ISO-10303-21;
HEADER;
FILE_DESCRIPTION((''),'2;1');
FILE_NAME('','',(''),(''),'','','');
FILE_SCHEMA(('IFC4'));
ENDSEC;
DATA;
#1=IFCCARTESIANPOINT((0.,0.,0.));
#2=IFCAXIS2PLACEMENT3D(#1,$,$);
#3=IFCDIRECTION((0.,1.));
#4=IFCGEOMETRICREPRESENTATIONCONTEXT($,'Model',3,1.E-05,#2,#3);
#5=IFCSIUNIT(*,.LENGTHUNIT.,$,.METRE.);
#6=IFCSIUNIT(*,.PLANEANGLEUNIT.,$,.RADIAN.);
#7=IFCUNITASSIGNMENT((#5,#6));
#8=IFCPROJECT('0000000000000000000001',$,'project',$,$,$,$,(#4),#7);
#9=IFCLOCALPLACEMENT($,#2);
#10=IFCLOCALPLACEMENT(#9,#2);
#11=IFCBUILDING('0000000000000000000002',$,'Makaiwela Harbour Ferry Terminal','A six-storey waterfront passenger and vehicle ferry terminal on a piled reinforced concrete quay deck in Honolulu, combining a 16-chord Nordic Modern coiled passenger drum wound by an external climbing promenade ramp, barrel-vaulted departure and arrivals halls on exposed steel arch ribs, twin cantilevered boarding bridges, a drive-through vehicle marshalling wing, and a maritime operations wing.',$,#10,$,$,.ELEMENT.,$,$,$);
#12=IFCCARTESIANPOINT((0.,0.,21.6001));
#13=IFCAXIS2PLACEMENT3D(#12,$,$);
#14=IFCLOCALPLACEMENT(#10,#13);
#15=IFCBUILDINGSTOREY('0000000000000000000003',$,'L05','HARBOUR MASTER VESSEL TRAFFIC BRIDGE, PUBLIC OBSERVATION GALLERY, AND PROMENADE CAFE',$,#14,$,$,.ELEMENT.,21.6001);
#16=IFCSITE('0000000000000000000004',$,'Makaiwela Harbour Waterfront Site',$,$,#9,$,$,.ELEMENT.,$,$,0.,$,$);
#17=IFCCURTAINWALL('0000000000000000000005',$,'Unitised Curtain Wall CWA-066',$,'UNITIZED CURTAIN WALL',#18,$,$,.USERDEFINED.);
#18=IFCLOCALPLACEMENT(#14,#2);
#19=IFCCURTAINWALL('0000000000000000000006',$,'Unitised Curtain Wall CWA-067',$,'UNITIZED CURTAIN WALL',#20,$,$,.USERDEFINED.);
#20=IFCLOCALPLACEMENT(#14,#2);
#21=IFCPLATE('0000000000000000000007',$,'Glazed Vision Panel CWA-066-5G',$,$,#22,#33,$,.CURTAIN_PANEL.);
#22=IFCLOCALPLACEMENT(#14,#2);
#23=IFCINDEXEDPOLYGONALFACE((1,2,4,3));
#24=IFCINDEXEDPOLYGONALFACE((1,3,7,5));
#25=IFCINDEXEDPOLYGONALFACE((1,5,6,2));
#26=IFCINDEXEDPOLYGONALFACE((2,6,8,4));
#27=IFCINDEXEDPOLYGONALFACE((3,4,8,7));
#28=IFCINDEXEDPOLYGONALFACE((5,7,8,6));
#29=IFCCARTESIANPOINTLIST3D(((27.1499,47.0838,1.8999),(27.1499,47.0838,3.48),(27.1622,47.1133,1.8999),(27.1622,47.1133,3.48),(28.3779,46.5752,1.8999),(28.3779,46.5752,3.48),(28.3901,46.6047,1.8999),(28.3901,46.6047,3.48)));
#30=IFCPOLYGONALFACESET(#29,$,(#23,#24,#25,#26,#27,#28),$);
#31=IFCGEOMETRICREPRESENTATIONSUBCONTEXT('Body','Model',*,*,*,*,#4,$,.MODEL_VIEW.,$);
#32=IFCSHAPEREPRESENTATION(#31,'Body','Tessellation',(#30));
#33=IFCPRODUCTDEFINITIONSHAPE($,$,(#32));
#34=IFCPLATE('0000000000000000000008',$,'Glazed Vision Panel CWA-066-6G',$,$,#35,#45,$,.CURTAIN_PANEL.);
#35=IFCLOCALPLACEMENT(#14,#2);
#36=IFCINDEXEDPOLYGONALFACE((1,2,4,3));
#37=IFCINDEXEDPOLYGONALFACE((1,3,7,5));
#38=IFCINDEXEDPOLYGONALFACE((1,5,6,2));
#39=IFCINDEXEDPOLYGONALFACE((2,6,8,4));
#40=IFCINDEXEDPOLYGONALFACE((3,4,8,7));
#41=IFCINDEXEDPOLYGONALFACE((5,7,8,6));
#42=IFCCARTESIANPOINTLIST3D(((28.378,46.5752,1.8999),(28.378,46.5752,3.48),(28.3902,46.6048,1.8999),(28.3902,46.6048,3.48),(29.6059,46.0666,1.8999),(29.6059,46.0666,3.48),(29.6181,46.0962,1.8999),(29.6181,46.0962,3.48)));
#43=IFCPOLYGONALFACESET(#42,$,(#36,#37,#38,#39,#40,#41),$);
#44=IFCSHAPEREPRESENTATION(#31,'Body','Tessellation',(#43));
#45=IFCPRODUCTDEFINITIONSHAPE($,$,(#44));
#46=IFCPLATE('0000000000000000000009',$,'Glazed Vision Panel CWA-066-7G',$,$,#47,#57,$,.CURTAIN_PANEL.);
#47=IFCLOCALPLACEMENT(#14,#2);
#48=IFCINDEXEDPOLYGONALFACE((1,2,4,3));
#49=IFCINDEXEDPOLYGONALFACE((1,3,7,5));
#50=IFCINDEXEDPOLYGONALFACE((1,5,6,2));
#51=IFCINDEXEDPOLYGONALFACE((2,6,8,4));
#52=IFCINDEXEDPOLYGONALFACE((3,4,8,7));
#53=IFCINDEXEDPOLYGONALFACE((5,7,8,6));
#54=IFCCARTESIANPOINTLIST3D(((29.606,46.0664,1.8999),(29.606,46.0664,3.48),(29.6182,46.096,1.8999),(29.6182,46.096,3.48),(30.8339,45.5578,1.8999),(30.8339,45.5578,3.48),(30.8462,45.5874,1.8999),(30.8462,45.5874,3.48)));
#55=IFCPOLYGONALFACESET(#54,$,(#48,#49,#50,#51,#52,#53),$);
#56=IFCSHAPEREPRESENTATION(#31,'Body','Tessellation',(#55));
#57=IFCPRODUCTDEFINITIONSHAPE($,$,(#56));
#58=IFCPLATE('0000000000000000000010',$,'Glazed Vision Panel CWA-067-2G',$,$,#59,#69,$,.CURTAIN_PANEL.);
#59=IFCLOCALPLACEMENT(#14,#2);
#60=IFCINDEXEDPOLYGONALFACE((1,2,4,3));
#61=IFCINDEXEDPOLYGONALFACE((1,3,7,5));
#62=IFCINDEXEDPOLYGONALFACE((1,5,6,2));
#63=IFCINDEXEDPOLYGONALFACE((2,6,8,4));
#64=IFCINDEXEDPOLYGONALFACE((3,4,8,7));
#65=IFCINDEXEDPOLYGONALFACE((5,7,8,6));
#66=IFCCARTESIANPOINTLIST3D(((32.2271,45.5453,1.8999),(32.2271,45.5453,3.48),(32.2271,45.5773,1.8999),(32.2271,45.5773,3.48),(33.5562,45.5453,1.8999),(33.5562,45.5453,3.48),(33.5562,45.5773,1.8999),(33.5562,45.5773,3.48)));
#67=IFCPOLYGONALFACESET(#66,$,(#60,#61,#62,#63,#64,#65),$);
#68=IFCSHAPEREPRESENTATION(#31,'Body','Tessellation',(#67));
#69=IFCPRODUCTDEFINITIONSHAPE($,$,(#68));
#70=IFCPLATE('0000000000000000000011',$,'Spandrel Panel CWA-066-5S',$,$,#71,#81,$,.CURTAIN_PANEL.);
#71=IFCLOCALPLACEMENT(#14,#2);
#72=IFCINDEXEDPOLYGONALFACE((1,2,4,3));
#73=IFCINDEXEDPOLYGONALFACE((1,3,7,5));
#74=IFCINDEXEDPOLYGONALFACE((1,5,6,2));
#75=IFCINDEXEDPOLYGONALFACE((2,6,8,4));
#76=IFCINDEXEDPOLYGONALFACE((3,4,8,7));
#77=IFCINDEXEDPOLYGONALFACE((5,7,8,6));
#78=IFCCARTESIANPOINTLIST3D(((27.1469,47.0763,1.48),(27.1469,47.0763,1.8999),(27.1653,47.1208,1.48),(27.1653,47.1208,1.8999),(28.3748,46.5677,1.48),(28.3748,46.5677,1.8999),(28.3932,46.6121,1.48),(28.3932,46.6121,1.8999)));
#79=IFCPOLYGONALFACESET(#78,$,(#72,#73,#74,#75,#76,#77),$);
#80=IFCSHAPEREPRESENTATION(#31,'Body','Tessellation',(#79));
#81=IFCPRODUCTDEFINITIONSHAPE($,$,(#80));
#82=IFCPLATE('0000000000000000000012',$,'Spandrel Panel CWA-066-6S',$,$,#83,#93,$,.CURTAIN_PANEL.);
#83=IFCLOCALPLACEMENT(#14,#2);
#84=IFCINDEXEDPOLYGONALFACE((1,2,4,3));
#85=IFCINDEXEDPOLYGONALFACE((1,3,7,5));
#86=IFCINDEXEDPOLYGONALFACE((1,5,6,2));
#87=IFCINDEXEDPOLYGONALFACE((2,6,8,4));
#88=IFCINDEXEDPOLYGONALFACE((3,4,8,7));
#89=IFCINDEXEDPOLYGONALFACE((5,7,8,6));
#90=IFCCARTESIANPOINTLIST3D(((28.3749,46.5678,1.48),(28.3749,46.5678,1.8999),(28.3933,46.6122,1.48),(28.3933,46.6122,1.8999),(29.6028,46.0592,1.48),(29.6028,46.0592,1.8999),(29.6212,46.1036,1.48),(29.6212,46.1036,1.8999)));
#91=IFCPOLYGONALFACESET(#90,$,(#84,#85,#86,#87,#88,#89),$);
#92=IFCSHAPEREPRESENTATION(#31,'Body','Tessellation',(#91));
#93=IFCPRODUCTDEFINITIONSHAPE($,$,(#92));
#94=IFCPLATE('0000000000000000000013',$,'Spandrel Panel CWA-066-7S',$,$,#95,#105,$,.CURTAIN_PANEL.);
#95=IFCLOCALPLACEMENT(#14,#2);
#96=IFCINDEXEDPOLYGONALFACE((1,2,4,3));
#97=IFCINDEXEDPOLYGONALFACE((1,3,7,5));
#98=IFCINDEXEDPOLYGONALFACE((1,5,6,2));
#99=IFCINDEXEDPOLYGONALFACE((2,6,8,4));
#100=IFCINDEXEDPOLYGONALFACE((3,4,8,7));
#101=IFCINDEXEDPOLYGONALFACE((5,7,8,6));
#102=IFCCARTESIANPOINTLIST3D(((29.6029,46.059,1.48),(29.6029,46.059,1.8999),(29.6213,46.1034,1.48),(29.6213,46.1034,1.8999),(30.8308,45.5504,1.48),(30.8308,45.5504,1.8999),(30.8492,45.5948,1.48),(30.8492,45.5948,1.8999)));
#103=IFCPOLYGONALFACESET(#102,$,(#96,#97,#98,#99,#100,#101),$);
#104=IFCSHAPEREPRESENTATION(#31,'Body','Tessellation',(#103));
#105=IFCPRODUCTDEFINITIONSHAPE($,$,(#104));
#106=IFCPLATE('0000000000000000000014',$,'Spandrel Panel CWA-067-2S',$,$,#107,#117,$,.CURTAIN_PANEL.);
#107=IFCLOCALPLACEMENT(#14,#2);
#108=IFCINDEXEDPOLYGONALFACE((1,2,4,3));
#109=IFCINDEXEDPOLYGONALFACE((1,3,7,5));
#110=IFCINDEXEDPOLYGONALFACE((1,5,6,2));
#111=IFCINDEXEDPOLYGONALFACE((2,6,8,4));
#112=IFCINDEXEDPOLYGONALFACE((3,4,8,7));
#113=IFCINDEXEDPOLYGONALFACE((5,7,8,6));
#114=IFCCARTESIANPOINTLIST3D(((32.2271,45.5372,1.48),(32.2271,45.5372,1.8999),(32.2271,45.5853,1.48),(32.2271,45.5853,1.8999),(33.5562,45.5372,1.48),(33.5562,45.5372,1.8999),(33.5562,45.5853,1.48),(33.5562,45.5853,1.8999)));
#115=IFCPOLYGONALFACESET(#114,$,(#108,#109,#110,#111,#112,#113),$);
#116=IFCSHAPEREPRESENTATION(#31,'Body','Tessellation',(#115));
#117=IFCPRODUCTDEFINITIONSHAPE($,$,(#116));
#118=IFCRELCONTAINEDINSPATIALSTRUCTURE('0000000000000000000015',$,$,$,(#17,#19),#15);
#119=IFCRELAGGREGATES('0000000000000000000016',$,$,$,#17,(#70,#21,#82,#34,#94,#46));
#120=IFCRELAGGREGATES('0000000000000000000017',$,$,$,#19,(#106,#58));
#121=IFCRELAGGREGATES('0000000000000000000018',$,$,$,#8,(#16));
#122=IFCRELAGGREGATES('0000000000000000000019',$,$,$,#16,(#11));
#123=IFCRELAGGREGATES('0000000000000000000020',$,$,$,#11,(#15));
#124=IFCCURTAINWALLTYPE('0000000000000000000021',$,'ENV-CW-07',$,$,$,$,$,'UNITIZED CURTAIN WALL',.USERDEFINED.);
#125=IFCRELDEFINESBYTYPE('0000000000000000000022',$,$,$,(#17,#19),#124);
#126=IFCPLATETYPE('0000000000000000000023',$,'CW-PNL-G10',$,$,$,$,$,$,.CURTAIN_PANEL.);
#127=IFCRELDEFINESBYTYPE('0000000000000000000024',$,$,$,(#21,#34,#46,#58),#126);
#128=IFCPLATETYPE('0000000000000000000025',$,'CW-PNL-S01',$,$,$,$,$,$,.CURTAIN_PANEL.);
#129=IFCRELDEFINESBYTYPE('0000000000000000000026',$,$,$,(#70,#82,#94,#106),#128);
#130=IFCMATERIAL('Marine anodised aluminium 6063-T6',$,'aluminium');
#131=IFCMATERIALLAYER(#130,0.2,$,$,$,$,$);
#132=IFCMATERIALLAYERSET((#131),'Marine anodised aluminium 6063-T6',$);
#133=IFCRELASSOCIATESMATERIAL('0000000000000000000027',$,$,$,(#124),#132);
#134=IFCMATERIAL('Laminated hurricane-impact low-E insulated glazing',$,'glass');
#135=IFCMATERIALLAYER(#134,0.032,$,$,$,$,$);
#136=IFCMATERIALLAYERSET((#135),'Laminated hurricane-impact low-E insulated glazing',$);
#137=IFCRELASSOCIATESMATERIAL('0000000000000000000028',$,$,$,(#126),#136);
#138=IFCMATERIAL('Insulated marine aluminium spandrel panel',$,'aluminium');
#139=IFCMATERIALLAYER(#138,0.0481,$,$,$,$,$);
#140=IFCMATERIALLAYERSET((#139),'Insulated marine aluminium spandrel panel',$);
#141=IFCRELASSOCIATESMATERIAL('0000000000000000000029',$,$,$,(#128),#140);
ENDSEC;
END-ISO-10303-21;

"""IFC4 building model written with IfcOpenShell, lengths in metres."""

from ifc_helpers import new_model, si_unit, direction, frame, origin, origin_2d, place, context, subcontext, project, spatial, rectangle, extrude, material, layer, layer_set, type_object, element, aggregate, save


model = new_model("IFC4")

# Units and contexts
model_context = context("Model", 3, precision=1e-05, world=origin(), true_north=direction((0.0, 1.0)))
body_context = subcontext(model_context, "Body", "Model", "MODEL_VIEW")
ifc_project = project(units=[si_unit("LENGTHUNIT", "METRE"), si_unit("PLANEANGLEUNIT", "RADIAN")], contexts=[model_context])

# Site, building, storey
site_placement = place(None, origin())
site = spatial("IfcSite", under=ifc_project, at=site_placement, Name="Makaiwela Harbour Waterfront Site", CompositionType="ELEMENT", RefElevation=0.0)
building_placement = place(site_placement, origin())
building = spatial("IfcBuilding", under=site, at=building_placement, Name="Makaiwela Harbour Ferry Terminal", Description="A six-storey waterfront passenger and vehicle ferry terminal on a piled reinforced concrete quay deck in Honolulu, combining a 16-chord Nordic Modern coiled passenger drum wound by an external climbing promenade ramp, barrel-vaulted departure and arrivals halls on exposed steel arch ribs, twin cantilevered boarding bridges, a drive-through vehicle marshalling wing, and a maritime operations wing.", CompositionType="ELEMENT")
storey_placement = place(building_placement, frame((0.0, 0.0, 21.6001)))
storey = spatial("IfcBuildingStorey", under=building, at=storey_placement, Name="L05", Description="HARBOUR MASTER VESSEL TRAFFIC BRIDGE, PUBLIC OBSERVATION GALLERY, AND PROMENADE CAFE", CompositionType="ELEMENT", Elevation=21.6001)

# Curtain wall
ifc_material_1 = material(Name="Marine anodised aluminium 6063-T6", Category="aluminium")
ifc_layer_1 = layer(ifc_material_1, 0.2)
ifc_layer_set_1 = layer_set([ifc_layer_1], Name="Marine anodised aluminium 6063-T6")
curtain_wall_type = type_object("IfcCurtainWallType", Name="ENV-CW-07", ElementType="UNITIZED CURTAIN WALL", PredefinedType="USERDEFINED", material=ifc_layer_set_1)
curtain_wall_1_placement = place(storey_placement, origin())
curtain_wall_1 = element("IfcCurtainWall", 1, at=curtain_wall_1_placement, inside=storey, type_object=curtain_wall_type, Name="Unitised Curtain Wall CWA-066", ObjectType="UNITIZED CURTAIN WALL", PredefinedType="USERDEFINED")

# Curtain wall
curtain_wall_2_placement = place(storey_placement, origin())
curtain_wall_2 = element("IfcCurtainWall", 2, at=curtain_wall_2_placement, inside=storey, type_object=curtain_wall_type, Name="Unitised Curtain Wall CWA-067", ObjectType="UNITIZED CURTAIN WALL", PredefinedType="USERDEFINED")

# Plates
ifc_material_2 = material(Name="Laminated hurricane-impact low-E insulated glazing", Category="glass")
ifc_layer_2 = layer(ifc_material_2, 0.032)
ifc_layer_set_2 = layer_set([ifc_layer_2], Name="Laminated hurricane-impact low-E insulated glazing")
plate_type_1 = type_object("IfcPlateType", Name="CW-PNL-G10", PredefinedType="CURTAIN_PANEL", material=ifc_layer_set_2)
plate_1_placement = place(storey_placement, frame((27.77, 46.8442, 1.8999), z_axis=(0.0, 0.0, 1.0), x_axis=(0.92388, -0.382683, 0.0)))
plate_1 = element("IfcPlate", 3, at=plate_1_placement, type_object=plate_type_1, Name="Glazed Vision Panel CWA-066-5G", PredefinedType="CURTAIN_PANEL", context=body_context, shape_type="SweptSolid", body=[
    extrude(rectangle(XDim=1.3291, YDim=0.032, at=origin_2d()), origin(), (0.0, 0.0, 1.0), 1.5801),
])
plate_2_placement = place(storey_placement, frame((28.998, 46.3357, 1.8999), z_axis=(0.0, 0.0, 1.0), x_axis=(0.92388, -0.382683, 0.0)))
plate_2 = element("IfcPlate", 4, at=plate_2_placement, type_object=plate_type_1, Name="Glazed Vision Panel CWA-066-6G", PredefinedType="CURTAIN_PANEL", context=body_context, shape_type="SweptSolid", body=[
    extrude(rectangle(XDim=1.3291, YDim=0.032, at=origin_2d()), origin(), (0.0, 0.0, 1.0), 1.5801),
])
plate_3_placement = place(storey_placement, frame((30.2261, 45.8269, 1.8999), z_axis=(0.0, 0.0, 1.0), x_axis=(0.92388, -0.382683, 0.0)))
plate_3 = element("IfcPlate", 5, at=plate_3_placement, type_object=plate_type_1, Name="Glazed Vision Panel CWA-066-7G", PredefinedType="CURTAIN_PANEL", context=body_context, shape_type="SweptSolid", body=[
    extrude(rectangle(XDim=1.3291, YDim=0.032, at=origin_2d()), origin(), (0.0, 0.0, 1.0), 1.5801),
])
plate_4_placement = place(storey_placement, frame((32.8916, 45.5613, 1.8999), z_axis=(0.0, 0.0, 1.0), x_axis=(1.0, 0.0, 0.0)))
plate_4 = element("IfcPlate", 6, at=plate_4_placement, type_object=plate_type_1, Name="Glazed Vision Panel CWA-067-2G", PredefinedType="CURTAIN_PANEL", context=body_context, shape_type="SweptSolid", body=[
    extrude(rectangle(XDim=1.3291, YDim=0.032, at=origin_2d()), origin(), (0.0, 0.0, 1.0), 1.5801),
])
ifc_material_3 = material(Name="Insulated marine aluminium spandrel panel", Category="aluminium")
ifc_layer_3 = layer(ifc_material_3, 0.0481)
ifc_layer_set_3 = layer_set([ifc_layer_3], Name="Insulated marine aluminium spandrel panel")
plate_type_2 = type_object("IfcPlateType", Name="CW-PNL-S01", PredefinedType="CURTAIN_PANEL", material=ifc_layer_set_3)
plate_5_placement = place(storey_placement, frame((27.77, 46.8442, 1.48), z_axis=(0.0, 0.0, 1.0), x_axis=(0.92388, -0.382683, 0.0)))
plate_5 = element("IfcPlate", 7, at=plate_5_placement, type_object=plate_type_2, Name="Spandrel Panel CWA-066-5S", PredefinedType="CURTAIN_PANEL", context=body_context, shape_type="SweptSolid", body=[
    extrude(rectangle(XDim=1.3291, YDim=0.0481, at=origin_2d()), origin(), (0.0, 0.0, 1.0), 0.4199),
])
plate_6_placement = place(storey_placement, frame((28.998, 46.3357, 1.48), z_axis=(0.0, 0.0, 1.0), x_axis=(0.92388, -0.382683, 0.0)))
plate_6 = element("IfcPlate", 8, at=plate_6_placement, type_object=plate_type_2, Name="Spandrel Panel CWA-066-6S", PredefinedType="CURTAIN_PANEL", context=body_context, shape_type="SweptSolid", body=[
    extrude(rectangle(XDim=1.3291, YDim=0.0481, at=origin_2d()), origin(), (0.0, 0.0, 1.0), 0.4199),
])
plate_7_placement = place(storey_placement, frame((30.2261, 45.8269, 1.48), z_axis=(0.0, 0.0, 1.0), x_axis=(0.92388, -0.382683, 0.0)))
plate_7 = element("IfcPlate", 9, at=plate_7_placement, type_object=plate_type_2, Name="Spandrel Panel CWA-066-7S", PredefinedType="CURTAIN_PANEL", context=body_context, shape_type="SweptSolid", body=[
    extrude(rectangle(XDim=1.3291, YDim=0.0481, at=origin_2d()), origin(), (0.0, 0.0, 1.0), 0.4199),
])
aggregate(curtain_wall_1, [plate_5, plate_1, plate_6, plate_2, plate_7, plate_3])
plate_8_placement = place(storey_placement, frame((32.8916, 45.5613, 1.48), z_axis=(0.0, 0.0, 1.0), x_axis=(1.0, 0.0, 0.0)))
plate_8 = element("IfcPlate", 10, at=plate_8_placement, type_object=plate_type_2, Name="Spandrel Panel CWA-067-2S", PredefinedType="CURTAIN_PANEL", context=body_context, shape_type="SweptSolid", body=[
    extrude(rectangle(XDim=1.3291, YDim=0.0481, at=origin_2d()), origin(), (0.0, 0.0, 1.0), 0.4199),
])
aggregate(curtain_wall_2, [plate_8, plate_4])

save(model, "model.ifc")
